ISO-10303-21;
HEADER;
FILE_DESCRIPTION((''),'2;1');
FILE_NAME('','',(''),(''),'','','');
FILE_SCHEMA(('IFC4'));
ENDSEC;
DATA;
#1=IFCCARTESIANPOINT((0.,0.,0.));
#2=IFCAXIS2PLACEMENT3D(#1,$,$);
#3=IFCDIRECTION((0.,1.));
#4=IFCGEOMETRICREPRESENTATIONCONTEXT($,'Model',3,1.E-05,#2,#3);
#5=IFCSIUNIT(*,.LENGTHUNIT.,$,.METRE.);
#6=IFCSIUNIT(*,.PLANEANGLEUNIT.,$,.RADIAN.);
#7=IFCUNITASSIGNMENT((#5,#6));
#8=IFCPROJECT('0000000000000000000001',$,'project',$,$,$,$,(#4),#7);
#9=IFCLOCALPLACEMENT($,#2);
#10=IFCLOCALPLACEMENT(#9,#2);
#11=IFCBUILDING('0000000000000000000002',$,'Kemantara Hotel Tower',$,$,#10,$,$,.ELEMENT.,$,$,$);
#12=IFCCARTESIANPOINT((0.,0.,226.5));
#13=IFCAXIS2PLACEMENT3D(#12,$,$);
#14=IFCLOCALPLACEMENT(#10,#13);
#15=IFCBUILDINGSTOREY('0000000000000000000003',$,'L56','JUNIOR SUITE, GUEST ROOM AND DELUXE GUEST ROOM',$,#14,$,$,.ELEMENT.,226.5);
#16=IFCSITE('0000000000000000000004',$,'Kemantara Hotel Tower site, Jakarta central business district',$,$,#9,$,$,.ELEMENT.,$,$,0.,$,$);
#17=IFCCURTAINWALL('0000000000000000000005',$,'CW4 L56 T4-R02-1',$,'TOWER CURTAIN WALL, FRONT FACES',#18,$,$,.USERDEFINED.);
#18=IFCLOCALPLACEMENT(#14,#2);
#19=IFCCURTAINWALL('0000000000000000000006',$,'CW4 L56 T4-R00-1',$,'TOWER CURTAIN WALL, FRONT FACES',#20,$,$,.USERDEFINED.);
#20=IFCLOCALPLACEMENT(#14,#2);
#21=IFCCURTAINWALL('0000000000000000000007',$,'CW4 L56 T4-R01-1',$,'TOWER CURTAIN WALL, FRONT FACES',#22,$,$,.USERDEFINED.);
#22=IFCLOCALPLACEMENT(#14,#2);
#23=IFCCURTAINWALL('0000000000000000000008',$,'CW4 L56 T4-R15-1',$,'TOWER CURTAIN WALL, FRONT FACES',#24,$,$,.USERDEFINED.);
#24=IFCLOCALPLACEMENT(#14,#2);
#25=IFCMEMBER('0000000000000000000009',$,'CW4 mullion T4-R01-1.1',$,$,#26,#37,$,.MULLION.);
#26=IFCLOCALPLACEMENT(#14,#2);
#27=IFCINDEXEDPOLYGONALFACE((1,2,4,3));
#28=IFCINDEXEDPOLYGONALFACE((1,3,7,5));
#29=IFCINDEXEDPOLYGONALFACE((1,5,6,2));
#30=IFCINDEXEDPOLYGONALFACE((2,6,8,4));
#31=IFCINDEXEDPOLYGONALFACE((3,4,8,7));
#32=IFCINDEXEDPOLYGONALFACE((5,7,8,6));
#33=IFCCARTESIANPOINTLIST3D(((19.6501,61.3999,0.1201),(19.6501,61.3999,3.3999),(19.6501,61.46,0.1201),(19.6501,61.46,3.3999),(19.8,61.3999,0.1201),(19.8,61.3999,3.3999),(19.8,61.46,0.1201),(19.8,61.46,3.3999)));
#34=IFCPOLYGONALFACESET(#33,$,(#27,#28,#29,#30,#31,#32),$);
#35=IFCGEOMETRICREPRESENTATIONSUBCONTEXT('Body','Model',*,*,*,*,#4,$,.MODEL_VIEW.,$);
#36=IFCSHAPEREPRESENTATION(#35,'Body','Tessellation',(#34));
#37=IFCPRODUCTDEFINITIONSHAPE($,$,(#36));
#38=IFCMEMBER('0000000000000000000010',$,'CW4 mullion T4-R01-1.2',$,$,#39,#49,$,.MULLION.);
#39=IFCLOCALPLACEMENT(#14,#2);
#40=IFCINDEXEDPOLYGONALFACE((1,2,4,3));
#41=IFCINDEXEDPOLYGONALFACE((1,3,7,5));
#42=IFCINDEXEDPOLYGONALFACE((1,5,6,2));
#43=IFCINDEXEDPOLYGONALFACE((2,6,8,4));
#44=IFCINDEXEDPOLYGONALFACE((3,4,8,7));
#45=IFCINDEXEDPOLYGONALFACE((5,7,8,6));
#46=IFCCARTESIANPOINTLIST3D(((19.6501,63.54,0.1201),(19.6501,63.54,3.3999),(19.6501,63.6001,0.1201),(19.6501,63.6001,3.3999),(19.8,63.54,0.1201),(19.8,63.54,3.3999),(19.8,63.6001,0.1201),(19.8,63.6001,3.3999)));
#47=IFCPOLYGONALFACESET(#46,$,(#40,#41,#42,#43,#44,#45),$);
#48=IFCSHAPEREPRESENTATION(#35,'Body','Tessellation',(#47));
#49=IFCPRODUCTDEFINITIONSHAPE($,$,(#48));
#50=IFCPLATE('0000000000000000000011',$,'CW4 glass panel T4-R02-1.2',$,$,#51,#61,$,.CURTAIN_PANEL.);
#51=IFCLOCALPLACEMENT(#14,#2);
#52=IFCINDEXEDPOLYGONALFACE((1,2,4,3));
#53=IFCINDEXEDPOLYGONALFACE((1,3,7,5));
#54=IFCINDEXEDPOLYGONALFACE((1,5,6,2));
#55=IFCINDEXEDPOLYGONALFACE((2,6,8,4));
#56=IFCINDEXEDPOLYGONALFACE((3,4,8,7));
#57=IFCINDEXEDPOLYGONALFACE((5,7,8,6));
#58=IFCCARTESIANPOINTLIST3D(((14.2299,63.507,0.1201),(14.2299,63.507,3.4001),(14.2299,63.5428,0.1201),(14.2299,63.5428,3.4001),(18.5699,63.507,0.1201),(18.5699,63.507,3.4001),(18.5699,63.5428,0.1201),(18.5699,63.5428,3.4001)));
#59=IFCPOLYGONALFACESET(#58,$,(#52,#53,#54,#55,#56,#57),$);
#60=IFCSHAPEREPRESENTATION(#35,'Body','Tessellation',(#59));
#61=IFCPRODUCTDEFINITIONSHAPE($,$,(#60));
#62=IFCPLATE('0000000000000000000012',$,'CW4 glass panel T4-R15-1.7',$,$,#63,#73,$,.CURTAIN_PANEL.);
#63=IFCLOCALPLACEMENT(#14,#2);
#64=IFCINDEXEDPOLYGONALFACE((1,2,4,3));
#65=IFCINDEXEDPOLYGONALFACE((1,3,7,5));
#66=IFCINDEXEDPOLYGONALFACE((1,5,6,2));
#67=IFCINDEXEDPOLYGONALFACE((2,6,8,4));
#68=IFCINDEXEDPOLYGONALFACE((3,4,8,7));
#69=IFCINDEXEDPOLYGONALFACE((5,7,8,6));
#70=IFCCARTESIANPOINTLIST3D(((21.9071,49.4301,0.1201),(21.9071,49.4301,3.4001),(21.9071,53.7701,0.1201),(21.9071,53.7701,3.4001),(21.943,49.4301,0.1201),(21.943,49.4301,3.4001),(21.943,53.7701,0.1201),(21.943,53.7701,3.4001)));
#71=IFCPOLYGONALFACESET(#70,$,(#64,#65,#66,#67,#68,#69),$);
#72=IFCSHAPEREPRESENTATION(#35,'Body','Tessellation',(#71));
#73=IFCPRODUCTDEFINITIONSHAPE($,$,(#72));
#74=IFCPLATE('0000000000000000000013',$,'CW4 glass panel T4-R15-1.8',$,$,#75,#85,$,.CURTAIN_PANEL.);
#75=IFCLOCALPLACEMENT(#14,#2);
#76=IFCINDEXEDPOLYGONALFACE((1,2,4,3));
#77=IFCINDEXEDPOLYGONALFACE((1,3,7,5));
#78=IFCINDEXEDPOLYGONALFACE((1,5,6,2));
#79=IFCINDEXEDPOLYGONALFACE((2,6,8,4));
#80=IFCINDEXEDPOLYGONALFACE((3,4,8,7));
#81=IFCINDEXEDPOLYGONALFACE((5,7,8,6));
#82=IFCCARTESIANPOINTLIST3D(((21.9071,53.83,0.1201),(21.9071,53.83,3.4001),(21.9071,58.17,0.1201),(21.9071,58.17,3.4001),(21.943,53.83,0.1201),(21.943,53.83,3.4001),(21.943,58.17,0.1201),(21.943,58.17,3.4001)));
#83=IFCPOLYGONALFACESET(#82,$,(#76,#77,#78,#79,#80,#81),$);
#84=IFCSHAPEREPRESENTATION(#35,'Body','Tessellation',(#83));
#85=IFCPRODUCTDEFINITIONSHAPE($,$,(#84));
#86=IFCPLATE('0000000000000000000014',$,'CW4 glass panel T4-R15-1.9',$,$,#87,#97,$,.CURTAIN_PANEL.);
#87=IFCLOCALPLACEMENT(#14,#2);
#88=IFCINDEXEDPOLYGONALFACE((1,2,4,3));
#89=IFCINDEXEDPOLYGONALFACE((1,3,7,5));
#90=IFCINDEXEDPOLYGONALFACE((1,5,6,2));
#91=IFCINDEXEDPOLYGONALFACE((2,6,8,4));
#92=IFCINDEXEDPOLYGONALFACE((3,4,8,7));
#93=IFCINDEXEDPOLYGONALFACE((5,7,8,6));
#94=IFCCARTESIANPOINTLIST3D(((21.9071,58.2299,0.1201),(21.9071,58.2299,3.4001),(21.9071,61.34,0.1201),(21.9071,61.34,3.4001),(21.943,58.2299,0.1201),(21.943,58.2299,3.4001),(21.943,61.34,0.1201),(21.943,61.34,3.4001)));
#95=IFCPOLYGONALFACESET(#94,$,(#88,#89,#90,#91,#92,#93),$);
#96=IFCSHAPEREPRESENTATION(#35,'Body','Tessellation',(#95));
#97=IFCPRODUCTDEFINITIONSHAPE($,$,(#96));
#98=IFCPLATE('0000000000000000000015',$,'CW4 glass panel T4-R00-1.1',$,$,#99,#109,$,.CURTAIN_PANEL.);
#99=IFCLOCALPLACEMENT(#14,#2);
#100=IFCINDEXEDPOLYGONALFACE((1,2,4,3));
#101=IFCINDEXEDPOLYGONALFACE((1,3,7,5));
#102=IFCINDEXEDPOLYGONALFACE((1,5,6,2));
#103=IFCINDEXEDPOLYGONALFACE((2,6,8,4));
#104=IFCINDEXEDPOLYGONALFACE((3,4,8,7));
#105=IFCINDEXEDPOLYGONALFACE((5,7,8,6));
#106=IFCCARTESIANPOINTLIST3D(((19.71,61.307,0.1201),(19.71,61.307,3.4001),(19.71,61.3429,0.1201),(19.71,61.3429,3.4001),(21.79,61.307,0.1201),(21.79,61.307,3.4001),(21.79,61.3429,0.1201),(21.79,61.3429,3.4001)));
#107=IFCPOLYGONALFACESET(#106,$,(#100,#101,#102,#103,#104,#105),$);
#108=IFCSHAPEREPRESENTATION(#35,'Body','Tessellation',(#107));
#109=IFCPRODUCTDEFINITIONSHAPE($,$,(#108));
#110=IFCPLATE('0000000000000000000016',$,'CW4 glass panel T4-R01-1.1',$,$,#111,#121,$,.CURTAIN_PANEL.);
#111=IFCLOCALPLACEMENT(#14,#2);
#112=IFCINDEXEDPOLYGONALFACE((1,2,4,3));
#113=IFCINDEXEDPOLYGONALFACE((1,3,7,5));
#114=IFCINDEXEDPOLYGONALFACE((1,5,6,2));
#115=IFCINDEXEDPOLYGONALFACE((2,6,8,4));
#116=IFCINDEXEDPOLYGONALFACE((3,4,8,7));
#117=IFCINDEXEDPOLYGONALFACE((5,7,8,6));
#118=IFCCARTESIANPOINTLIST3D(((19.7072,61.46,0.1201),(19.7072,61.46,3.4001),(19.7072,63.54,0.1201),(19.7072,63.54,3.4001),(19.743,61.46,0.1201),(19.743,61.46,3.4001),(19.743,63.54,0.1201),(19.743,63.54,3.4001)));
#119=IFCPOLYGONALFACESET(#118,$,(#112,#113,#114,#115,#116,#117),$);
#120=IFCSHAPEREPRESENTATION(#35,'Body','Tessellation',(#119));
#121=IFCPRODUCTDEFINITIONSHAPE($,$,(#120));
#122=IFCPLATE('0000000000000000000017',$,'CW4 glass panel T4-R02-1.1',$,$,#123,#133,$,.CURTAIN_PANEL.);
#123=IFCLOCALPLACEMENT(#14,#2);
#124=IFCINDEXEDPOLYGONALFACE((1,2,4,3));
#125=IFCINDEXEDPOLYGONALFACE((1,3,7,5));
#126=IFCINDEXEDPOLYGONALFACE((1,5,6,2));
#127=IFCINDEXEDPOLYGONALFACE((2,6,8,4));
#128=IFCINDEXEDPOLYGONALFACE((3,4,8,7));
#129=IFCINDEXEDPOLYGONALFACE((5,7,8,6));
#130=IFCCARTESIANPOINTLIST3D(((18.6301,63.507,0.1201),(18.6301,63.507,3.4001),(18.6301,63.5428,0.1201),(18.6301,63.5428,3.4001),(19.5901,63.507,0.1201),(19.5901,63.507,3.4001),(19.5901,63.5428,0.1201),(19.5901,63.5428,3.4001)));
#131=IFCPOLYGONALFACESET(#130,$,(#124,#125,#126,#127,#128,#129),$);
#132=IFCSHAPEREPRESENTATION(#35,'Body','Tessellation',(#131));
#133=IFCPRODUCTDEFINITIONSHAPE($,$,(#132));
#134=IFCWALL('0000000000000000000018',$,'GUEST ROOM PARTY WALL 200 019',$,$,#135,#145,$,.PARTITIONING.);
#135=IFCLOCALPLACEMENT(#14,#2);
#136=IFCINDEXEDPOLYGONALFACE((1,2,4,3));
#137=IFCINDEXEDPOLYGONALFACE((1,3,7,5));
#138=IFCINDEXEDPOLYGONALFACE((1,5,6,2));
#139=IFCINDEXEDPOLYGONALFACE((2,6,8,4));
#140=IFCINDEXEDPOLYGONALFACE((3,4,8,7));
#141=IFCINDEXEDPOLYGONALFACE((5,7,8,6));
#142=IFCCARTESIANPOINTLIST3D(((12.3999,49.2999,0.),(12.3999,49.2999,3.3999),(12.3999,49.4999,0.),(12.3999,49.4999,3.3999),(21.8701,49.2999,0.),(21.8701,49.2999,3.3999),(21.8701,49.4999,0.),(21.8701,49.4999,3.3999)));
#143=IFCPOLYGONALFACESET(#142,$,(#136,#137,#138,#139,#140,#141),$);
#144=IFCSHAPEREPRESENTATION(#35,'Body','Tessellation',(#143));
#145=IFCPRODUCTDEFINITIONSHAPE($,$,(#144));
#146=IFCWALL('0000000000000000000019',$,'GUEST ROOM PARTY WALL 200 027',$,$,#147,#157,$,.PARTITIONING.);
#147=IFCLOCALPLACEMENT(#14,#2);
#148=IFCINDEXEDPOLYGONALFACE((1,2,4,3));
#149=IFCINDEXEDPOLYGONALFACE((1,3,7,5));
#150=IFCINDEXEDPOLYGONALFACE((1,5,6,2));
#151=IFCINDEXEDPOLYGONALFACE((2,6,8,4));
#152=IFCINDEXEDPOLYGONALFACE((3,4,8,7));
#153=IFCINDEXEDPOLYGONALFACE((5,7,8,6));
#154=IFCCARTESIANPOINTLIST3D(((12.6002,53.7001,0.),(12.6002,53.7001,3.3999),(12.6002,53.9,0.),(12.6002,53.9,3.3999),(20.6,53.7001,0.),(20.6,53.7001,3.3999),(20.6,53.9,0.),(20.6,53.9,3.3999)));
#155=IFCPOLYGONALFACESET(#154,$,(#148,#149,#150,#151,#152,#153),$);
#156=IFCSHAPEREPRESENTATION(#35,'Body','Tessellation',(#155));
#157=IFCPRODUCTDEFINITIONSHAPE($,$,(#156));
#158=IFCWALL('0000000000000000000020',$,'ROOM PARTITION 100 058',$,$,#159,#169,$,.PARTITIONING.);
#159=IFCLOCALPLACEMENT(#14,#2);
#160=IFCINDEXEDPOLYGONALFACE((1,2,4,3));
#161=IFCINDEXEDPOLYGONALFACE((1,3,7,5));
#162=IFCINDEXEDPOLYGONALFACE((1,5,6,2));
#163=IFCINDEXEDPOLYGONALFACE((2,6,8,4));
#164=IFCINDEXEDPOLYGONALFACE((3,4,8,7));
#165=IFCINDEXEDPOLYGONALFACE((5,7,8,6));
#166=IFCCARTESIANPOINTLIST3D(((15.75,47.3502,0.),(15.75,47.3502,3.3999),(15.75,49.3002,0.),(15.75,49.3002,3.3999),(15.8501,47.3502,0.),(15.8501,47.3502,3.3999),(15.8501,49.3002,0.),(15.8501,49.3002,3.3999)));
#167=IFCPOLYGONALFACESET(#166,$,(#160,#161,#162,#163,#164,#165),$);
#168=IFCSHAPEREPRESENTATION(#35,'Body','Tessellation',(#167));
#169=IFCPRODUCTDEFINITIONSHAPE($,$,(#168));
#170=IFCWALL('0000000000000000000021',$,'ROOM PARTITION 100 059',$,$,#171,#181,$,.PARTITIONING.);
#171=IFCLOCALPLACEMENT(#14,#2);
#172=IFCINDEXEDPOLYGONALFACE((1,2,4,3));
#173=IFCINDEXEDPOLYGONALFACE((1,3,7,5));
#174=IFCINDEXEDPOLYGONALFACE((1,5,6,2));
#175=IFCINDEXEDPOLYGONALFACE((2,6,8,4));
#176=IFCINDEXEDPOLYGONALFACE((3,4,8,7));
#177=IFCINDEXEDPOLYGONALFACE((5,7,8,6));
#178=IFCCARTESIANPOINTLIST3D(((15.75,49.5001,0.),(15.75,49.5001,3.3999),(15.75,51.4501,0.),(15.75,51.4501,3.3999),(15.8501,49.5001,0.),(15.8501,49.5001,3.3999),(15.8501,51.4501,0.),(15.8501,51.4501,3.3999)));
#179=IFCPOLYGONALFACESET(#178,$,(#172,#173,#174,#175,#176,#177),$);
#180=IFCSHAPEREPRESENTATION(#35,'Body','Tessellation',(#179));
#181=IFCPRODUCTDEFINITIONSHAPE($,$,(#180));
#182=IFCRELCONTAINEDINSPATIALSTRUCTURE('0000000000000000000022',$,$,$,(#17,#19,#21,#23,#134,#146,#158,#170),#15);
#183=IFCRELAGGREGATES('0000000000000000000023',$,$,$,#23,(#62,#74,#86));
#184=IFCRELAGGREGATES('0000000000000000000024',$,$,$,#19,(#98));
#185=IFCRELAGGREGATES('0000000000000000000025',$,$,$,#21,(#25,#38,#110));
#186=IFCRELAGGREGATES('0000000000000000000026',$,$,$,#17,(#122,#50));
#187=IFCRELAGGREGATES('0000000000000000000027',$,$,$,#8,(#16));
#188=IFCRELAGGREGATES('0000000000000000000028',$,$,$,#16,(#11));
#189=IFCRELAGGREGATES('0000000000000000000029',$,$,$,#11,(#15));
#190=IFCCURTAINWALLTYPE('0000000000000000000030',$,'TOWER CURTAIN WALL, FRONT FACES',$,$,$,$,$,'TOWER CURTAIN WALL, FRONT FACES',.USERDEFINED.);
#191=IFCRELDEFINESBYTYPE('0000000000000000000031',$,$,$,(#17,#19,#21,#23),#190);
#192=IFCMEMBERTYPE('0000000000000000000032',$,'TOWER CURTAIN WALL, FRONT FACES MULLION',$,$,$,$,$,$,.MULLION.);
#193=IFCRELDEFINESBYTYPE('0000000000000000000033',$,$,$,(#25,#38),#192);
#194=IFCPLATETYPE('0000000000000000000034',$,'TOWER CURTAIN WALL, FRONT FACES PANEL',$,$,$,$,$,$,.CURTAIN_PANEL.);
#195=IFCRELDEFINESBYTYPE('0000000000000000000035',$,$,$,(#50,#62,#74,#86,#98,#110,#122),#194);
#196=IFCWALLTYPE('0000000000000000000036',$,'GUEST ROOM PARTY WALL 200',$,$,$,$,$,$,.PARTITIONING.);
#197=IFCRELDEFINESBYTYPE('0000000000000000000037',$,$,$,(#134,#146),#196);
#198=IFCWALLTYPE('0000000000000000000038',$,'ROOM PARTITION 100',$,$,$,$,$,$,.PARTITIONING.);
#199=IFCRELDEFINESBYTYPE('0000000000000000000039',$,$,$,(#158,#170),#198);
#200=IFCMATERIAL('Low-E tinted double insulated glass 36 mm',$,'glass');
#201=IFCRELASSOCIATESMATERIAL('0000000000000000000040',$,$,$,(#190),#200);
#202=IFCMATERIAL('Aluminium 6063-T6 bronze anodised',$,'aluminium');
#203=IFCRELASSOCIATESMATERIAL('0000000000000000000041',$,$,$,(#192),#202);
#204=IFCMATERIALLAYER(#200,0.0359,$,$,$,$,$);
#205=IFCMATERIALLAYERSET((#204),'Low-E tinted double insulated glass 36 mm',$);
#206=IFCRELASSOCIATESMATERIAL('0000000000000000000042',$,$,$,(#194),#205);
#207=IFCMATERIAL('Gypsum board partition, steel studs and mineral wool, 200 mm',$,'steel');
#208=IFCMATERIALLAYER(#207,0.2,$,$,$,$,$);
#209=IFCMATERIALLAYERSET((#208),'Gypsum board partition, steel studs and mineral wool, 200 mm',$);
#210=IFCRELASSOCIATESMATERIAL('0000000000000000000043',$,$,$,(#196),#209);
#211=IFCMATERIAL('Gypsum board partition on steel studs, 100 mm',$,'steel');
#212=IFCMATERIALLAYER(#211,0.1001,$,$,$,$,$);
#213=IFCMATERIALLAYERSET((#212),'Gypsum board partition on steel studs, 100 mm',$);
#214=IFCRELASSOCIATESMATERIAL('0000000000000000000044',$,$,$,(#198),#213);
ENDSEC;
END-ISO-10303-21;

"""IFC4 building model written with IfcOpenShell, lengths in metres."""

from ifc_helpers import new_model, si_unit, direction, frame, frame_2d, origin, origin_2d, place, context, subcontext, project, spatial, rectangle, extrude, source, transform, mapped, material, layer, layer_set, material_profile, profile_set, type_object, element, aggregate, save


model = new_model("IFC4")

# Units and contexts
model_context = context("Model", 3, precision=1e-05, world=origin(), true_north=direction((0.0, 1.0)))
body_context = subcontext(model_context, "Body", "Model", "MODEL_VIEW")
ifc_project = project(units=[si_unit("LENGTHUNIT", "METRE"), si_unit("PLANEANGLEUNIT", "RADIAN")], contexts=[model_context])

# Site, building, storey
site_placement = place(None, origin())
site = spatial("IfcSite", under=ifc_project, at=site_placement, Name="Kemantara Hotel Tower site, Jakarta central business district", CompositionType="ELEMENT", RefElevation=0.0)
building_placement = place(site_placement, origin())
building = spatial("IfcBuilding", under=site, at=building_placement, Name="Kemantara Hotel Tower", CompositionType="ELEMENT")
storey_placement = place(building_placement, frame((0.0, 0.0, 226.5)))
storey = spatial("IfcBuildingStorey", under=building, at=storey_placement, Name="L56", Description="JUNIOR SUITE, GUEST ROOM AND DELUXE GUEST ROOM", CompositionType="ELEMENT", Elevation=226.5)

# Curtain walls
ifc_material_1 = material(Name="Low-E tinted double insulated glass 36 mm", Category="glass")
curtain_wall_type = type_object("IfcCurtainWallType", Name="TOWER CURTAIN WALL, FRONT FACES", ElementType="TOWER CURTAIN WALL, FRONT FACES", PredefinedType="USERDEFINED", material=ifc_material_1)
curtain_wall_1_placement = place(storey_placement, origin())
curtain_wall_1 = element("IfcCurtainWall", 1, at=curtain_wall_1_placement, inside=storey, type_object=curtain_wall_type, Name="CW4 L56 T4-R02-1", ObjectType="TOWER CURTAIN WALL, FRONT FACES", PredefinedType="USERDEFINED")
ifc_material_2 = material(Name="Aluminium 6063-T6 bronze anodised", Category="aluminium")
curtain_wall_2_placement = place(storey_placement, origin())
curtain_wall_2 = element("IfcCurtainWall", 2, at=curtain_wall_2_placement, inside=storey, type_object=curtain_wall_type, Name="CW4 L56 T4-R00-1", ObjectType="TOWER CURTAIN WALL, FRONT FACES", PredefinedType="USERDEFINED")
curtain_wall_3_placement = place(storey_placement, origin())
curtain_wall_3 = element("IfcCurtainWall", 3, at=curtain_wall_3_placement, inside=storey, type_object=curtain_wall_type, Name="CW4 L56 T4-R01-1", ObjectType="TOWER CURTAIN WALL, FRONT FACES", PredefinedType="USERDEFINED")

# Shared definitions
ifc_material_profile_1 = material_profile(ifc_material_2, rectangle(XDim=0.1499, YDim=0.0601, at=origin_2d()), Name="TOWER CURTAIN WALL, FRONT FACES MULLION")
ifc_profile_set_1 = profile_set([ifc_material_profile_1], Name="Aluminium 6063-T6 bronze anodised")
member_type_1 = type_object("IfcMemberType", Name="TOWER CURTAIN WALL, FRONT FACES MULLION", PredefinedType="MULLION", material=ifc_profile_set_1)
shared_shape_1 = source(origin(), body_context, "Body", "SweptSolid", [
    extrude(rectangle(XDim=0.1499, YDim=0.0601, at=origin_2d()), origin(), (0.0, 0.0, 1.0), 3.2798),
])

# Curtain wall
curtain_wall_4_placement = place(storey_placement, origin())
curtain_wall_4 = element("IfcCurtainWall", 4, at=curtain_wall_4_placement, inside=storey, type_object=curtain_wall_type, Name="CW4 L56 T4-R15-1", ObjectType="TOWER CURTAIN WALL, FRONT FACES", PredefinedType="USERDEFINED")

# Members
member_1_placement = place(storey_placement, frame((19.7251, 61.4299, 0.1201), z_axis=(0.0, 0.0, 1.0), x_axis=(-1.0, 0.0, 0.0)))
member_1 = element("IfcMember", 5, at=member_1_placement, type_object=member_type_1, Name="CW4 mullion T4-R01-1.1", PredefinedType="MULLION", context=body_context, shape_type="MappedRepresentation", body=[
    mapped(shared_shape_1, transform((0.0, 0.0, 0.0))),
])
member_2_placement = place(storey_placement, frame((19.7251, 63.5701, 0.1201), z_axis=(0.0, 0.0, 1.0), x_axis=(-1.0, 0.0, 0.0)))
member_2 = element("IfcMember", 6, at=member_2_placement, type_object=member_type_1, Name="CW4 mullion T4-R01-1.2", PredefinedType="MULLION", context=body_context, shape_type="MappedRepresentation", body=[
    mapped(shared_shape_1, transform((0.0, 0.0, 0.0))),
])

# Plates
ifc_layer_1 = layer(ifc_material_1, 0.0359)
ifc_layer_set_1 = layer_set([ifc_layer_1], Name="Low-E tinted double insulated glass 36 mm")
plate_type = type_object("IfcPlateType", Name="TOWER CURTAIN WALL, FRONT FACES PANEL", PredefinedType="CURTAIN_PANEL", material=ifc_layer_set_1)
shared_shape_2 = source(origin(), body_context, "Body", "SweptSolid", [
    extrude(rectangle(XDim=4.3401, YDim=0.0359, at=origin_2d()), origin(), (0.0, 0.0, 1.0), 3.28),
])
plate_1_placement = place(storey_placement, frame((16.3999, 63.5249, 0.1201), z_axis=(0.0, 0.0, 1.0), x_axis=(-1.0, 0.0, 0.0)))
plate_1 = element("IfcPlate", 7, at=plate_1_placement, type_object=plate_type, Name="CW4 glass panel T4-R02-1.2", PredefinedType="CURTAIN_PANEL", context=body_context, shape_type="MappedRepresentation", body=[
    mapped(shared_shape_2, transform((0.0, 0.0, 0.0))),
])
plate_2_placement = place(storey_placement, frame((21.925, 51.6001, 0.1201), z_axis=(0.0, 0.0, 1.0), x_axis=(0.0, 1.0, 0.0)))
plate_2 = element("IfcPlate", 8, at=plate_2_placement, type_object=plate_type, Name="CW4 glass panel T4-R15-1.7", PredefinedType="CURTAIN_PANEL", context=body_context, shape_type="MappedRepresentation", body=[
    mapped(shared_shape_2, transform((0.0, 0.0, 0.0))),
])
plate_3_placement = place(storey_placement, frame((21.925, 56.0, 0.1201), z_axis=(0.0, 0.0, 1.0), x_axis=(0.0, 1.0, 0.0)))
plate_3 = element("IfcPlate", 9, at=plate_3_placement, type_object=plate_type, Name="CW4 glass panel T4-R15-1.8", PredefinedType="CURTAIN_PANEL", context=body_context, shape_type="MappedRepresentation", body=[
    mapped(shared_shape_2, transform((0.0, 0.0, 0.0))),
])
shared_shape_3 = source(origin(), body_context, "Body", "SweptSolid", [
    extrude(rectangle(XDim=3.1101, YDim=0.0359, at=origin_2d()), origin(), (0.0, 0.0, 1.0), 3.28),
])
plate_4_placement = place(storey_placement, frame((21.925, 59.7849, 0.1201), z_axis=(0.0, 0.0, 1.0), x_axis=(0.0, 1.0, 0.0)))
plate_4 = element("IfcPlate", 10, at=plate_4_placement, type_object=plate_type, Name="CW4 glass panel T4-R15-1.9", PredefinedType="CURTAIN_PANEL", context=body_context, shape_type="MappedRepresentation", body=[
    mapped(shared_shape_3, transform((0.0, 0.0, 0.0))),
])
aggregate(curtain_wall_4, [plate_2, plate_3, plate_4])
shared_shape_4 = source(origin(), body_context, "Body", "SweptSolid", [
    extrude(rectangle(XDim=2.0801, YDim=0.0359, at=origin_2d()), origin(), (0.0, 0.0, 1.0), 3.28),
])
plate_5_placement = place(storey_placement, frame((20.75, 61.325, 0.1201), z_axis=(0.0, 0.0, 1.0), x_axis=(-1.0, 0.0, 0.0)))
plate_5 = element("IfcPlate", 11, at=plate_5_placement, type_object=plate_type, Name="CW4 glass panel T4-R00-1.1", PredefinedType="CURTAIN_PANEL", context=body_context, shape_type="MappedRepresentation", body=[
    mapped(shared_shape_4, transform((0.0, 0.0, 0.0))),
])
aggregate(curtain_wall_2, [plate_5])
plate_6_placement = place(storey_placement, frame((19.7251, 62.5, 0.1201), z_axis=(0.0, 0.0, 1.0), x_axis=(0.0, 1.0, 0.0)))
plate_6 = element("IfcPlate", 12, at=plate_6_placement, type_object=plate_type, Name="CW4 glass panel T4-R01-1.1", PredefinedType="CURTAIN_PANEL", context=body_context, shape_type="MappedRepresentation", body=[
    mapped(shared_shape_4, transform((0.0, 0.0, 0.0))),
])
aggregate(curtain_wall_3, [member_1, member_2, plate_6])
shared_shape_5 = source(origin(), body_context, "Body", "SweptSolid", [
    extrude(rectangle(XDim=0.96, YDim=0.0359, at=origin_2d()), origin(), (0.0, 0.0, 1.0), 3.28),
])
plate_7_placement = place(storey_placement, frame((19.1101, 63.5249, 0.1201), z_axis=(0.0, 0.0, 1.0), x_axis=(-1.0, 0.0, 0.0)))
plate_7 = element("IfcPlate", 13, at=plate_7_placement, type_object=plate_type, Name="CW4 glass panel T4-R02-1.1", PredefinedType="CURTAIN_PANEL", context=body_context, shape_type="MappedRepresentation", body=[
    mapped(shared_shape_5, transform((0.0, 0.0, 0.0))),
])
aggregate(curtain_wall_1, [plate_7, plate_1])

# Walls
ifc_material_3 = material(Name="Gypsum board partition, steel studs and mineral wool, 200 mm", Category="steel")
ifc_layer_2 = layer(ifc_material_3, 0.2)
ifc_layer_set_2 = layer_set([ifc_layer_2], Name="Gypsum board partition, steel studs and mineral wool, 200 mm")
wall_type_1 = type_object("IfcWallType", Name="GUEST ROOM PARTY WALL 200", PredefinedType="PARTITIONING", material=ifc_layer_set_2)
wall_1_placement = place(storey_placement, frame((12.3999, 49.3999, 0.0), z_axis=(0.0, 0.0, 1.0), x_axis=(1.0, 0.0, 0.0)))
element("IfcWall", 14, at=wall_1_placement, inside=storey, type_object=wall_type_1, Name="GUEST ROOM PARTY WALL 200 019", PredefinedType="PARTITIONING", context=body_context, shape_type="SweptSolid", body=[
    extrude(rectangle(XDim=9.4702, YDim=0.2, at=frame_2d((4.7351, 0.0))), origin(), (0.0, 0.0, 1.0), 3.3999),
])
wall_2_placement = place(storey_placement, frame((12.6001, 53.8, 0.0), z_axis=(0.0, 0.0, 1.0), x_axis=(1.0, 0.0, 0.0)))
element("IfcWall", 15, at=wall_2_placement, inside=storey, type_object=wall_type_1, Name="GUEST ROOM PARTY WALL 200 027", PredefinedType="PARTITIONING", context=body_context, shape_type="SweptSolid", body=[
    extrude(rectangle(XDim=7.9998, YDim=0.2, at=frame_2d((4.0, 0.0))), origin(), (0.0, 0.0, 1.0), 3.3999),
])
ifc_material_4 = material(Name="Gypsum board partition on steel studs, 100 mm", Category="steel")
ifc_layer_3 = layer(ifc_material_4, 0.1001)
ifc_layer_set_3 = layer_set([ifc_layer_3], Name="Gypsum board partition on steel studs, 100 mm")
wall_type_2 = type_object("IfcWallType", Name="ROOM PARTITION 100", PredefinedType="PARTITIONING", material=ifc_layer_set_3)
for number, where, z_axis, x_axis, name in (
    (16, (15.8, 47.3501, 0.0), (0.0, 0.0, 1.0), (0.0, 1.0, 0.0), "ROOM PARTITION 100 058"),
    (17, (15.8, 49.5, 0.0), (0.0, 0.0, 1.0), (0.0, 1.0, 0.0), "ROOM PARTITION 100 059"),
):
    element("IfcWall", number, at=place(storey_placement, frame(where, z_axis=z_axis, x_axis=x_axis)), inside=storey, type_object=wall_type_2, Name=name, PredefinedType="PARTITIONING", context=body_context, shape_type="SweptSolid", body=[
        extrude(rectangle(XDim=1.95, YDim=0.1001, at=frame_2d((0.9751, 0.0))), origin(), (0.0, 0.0, 1.0), 3.3999),
    ])

save(model, "model.ifc")
